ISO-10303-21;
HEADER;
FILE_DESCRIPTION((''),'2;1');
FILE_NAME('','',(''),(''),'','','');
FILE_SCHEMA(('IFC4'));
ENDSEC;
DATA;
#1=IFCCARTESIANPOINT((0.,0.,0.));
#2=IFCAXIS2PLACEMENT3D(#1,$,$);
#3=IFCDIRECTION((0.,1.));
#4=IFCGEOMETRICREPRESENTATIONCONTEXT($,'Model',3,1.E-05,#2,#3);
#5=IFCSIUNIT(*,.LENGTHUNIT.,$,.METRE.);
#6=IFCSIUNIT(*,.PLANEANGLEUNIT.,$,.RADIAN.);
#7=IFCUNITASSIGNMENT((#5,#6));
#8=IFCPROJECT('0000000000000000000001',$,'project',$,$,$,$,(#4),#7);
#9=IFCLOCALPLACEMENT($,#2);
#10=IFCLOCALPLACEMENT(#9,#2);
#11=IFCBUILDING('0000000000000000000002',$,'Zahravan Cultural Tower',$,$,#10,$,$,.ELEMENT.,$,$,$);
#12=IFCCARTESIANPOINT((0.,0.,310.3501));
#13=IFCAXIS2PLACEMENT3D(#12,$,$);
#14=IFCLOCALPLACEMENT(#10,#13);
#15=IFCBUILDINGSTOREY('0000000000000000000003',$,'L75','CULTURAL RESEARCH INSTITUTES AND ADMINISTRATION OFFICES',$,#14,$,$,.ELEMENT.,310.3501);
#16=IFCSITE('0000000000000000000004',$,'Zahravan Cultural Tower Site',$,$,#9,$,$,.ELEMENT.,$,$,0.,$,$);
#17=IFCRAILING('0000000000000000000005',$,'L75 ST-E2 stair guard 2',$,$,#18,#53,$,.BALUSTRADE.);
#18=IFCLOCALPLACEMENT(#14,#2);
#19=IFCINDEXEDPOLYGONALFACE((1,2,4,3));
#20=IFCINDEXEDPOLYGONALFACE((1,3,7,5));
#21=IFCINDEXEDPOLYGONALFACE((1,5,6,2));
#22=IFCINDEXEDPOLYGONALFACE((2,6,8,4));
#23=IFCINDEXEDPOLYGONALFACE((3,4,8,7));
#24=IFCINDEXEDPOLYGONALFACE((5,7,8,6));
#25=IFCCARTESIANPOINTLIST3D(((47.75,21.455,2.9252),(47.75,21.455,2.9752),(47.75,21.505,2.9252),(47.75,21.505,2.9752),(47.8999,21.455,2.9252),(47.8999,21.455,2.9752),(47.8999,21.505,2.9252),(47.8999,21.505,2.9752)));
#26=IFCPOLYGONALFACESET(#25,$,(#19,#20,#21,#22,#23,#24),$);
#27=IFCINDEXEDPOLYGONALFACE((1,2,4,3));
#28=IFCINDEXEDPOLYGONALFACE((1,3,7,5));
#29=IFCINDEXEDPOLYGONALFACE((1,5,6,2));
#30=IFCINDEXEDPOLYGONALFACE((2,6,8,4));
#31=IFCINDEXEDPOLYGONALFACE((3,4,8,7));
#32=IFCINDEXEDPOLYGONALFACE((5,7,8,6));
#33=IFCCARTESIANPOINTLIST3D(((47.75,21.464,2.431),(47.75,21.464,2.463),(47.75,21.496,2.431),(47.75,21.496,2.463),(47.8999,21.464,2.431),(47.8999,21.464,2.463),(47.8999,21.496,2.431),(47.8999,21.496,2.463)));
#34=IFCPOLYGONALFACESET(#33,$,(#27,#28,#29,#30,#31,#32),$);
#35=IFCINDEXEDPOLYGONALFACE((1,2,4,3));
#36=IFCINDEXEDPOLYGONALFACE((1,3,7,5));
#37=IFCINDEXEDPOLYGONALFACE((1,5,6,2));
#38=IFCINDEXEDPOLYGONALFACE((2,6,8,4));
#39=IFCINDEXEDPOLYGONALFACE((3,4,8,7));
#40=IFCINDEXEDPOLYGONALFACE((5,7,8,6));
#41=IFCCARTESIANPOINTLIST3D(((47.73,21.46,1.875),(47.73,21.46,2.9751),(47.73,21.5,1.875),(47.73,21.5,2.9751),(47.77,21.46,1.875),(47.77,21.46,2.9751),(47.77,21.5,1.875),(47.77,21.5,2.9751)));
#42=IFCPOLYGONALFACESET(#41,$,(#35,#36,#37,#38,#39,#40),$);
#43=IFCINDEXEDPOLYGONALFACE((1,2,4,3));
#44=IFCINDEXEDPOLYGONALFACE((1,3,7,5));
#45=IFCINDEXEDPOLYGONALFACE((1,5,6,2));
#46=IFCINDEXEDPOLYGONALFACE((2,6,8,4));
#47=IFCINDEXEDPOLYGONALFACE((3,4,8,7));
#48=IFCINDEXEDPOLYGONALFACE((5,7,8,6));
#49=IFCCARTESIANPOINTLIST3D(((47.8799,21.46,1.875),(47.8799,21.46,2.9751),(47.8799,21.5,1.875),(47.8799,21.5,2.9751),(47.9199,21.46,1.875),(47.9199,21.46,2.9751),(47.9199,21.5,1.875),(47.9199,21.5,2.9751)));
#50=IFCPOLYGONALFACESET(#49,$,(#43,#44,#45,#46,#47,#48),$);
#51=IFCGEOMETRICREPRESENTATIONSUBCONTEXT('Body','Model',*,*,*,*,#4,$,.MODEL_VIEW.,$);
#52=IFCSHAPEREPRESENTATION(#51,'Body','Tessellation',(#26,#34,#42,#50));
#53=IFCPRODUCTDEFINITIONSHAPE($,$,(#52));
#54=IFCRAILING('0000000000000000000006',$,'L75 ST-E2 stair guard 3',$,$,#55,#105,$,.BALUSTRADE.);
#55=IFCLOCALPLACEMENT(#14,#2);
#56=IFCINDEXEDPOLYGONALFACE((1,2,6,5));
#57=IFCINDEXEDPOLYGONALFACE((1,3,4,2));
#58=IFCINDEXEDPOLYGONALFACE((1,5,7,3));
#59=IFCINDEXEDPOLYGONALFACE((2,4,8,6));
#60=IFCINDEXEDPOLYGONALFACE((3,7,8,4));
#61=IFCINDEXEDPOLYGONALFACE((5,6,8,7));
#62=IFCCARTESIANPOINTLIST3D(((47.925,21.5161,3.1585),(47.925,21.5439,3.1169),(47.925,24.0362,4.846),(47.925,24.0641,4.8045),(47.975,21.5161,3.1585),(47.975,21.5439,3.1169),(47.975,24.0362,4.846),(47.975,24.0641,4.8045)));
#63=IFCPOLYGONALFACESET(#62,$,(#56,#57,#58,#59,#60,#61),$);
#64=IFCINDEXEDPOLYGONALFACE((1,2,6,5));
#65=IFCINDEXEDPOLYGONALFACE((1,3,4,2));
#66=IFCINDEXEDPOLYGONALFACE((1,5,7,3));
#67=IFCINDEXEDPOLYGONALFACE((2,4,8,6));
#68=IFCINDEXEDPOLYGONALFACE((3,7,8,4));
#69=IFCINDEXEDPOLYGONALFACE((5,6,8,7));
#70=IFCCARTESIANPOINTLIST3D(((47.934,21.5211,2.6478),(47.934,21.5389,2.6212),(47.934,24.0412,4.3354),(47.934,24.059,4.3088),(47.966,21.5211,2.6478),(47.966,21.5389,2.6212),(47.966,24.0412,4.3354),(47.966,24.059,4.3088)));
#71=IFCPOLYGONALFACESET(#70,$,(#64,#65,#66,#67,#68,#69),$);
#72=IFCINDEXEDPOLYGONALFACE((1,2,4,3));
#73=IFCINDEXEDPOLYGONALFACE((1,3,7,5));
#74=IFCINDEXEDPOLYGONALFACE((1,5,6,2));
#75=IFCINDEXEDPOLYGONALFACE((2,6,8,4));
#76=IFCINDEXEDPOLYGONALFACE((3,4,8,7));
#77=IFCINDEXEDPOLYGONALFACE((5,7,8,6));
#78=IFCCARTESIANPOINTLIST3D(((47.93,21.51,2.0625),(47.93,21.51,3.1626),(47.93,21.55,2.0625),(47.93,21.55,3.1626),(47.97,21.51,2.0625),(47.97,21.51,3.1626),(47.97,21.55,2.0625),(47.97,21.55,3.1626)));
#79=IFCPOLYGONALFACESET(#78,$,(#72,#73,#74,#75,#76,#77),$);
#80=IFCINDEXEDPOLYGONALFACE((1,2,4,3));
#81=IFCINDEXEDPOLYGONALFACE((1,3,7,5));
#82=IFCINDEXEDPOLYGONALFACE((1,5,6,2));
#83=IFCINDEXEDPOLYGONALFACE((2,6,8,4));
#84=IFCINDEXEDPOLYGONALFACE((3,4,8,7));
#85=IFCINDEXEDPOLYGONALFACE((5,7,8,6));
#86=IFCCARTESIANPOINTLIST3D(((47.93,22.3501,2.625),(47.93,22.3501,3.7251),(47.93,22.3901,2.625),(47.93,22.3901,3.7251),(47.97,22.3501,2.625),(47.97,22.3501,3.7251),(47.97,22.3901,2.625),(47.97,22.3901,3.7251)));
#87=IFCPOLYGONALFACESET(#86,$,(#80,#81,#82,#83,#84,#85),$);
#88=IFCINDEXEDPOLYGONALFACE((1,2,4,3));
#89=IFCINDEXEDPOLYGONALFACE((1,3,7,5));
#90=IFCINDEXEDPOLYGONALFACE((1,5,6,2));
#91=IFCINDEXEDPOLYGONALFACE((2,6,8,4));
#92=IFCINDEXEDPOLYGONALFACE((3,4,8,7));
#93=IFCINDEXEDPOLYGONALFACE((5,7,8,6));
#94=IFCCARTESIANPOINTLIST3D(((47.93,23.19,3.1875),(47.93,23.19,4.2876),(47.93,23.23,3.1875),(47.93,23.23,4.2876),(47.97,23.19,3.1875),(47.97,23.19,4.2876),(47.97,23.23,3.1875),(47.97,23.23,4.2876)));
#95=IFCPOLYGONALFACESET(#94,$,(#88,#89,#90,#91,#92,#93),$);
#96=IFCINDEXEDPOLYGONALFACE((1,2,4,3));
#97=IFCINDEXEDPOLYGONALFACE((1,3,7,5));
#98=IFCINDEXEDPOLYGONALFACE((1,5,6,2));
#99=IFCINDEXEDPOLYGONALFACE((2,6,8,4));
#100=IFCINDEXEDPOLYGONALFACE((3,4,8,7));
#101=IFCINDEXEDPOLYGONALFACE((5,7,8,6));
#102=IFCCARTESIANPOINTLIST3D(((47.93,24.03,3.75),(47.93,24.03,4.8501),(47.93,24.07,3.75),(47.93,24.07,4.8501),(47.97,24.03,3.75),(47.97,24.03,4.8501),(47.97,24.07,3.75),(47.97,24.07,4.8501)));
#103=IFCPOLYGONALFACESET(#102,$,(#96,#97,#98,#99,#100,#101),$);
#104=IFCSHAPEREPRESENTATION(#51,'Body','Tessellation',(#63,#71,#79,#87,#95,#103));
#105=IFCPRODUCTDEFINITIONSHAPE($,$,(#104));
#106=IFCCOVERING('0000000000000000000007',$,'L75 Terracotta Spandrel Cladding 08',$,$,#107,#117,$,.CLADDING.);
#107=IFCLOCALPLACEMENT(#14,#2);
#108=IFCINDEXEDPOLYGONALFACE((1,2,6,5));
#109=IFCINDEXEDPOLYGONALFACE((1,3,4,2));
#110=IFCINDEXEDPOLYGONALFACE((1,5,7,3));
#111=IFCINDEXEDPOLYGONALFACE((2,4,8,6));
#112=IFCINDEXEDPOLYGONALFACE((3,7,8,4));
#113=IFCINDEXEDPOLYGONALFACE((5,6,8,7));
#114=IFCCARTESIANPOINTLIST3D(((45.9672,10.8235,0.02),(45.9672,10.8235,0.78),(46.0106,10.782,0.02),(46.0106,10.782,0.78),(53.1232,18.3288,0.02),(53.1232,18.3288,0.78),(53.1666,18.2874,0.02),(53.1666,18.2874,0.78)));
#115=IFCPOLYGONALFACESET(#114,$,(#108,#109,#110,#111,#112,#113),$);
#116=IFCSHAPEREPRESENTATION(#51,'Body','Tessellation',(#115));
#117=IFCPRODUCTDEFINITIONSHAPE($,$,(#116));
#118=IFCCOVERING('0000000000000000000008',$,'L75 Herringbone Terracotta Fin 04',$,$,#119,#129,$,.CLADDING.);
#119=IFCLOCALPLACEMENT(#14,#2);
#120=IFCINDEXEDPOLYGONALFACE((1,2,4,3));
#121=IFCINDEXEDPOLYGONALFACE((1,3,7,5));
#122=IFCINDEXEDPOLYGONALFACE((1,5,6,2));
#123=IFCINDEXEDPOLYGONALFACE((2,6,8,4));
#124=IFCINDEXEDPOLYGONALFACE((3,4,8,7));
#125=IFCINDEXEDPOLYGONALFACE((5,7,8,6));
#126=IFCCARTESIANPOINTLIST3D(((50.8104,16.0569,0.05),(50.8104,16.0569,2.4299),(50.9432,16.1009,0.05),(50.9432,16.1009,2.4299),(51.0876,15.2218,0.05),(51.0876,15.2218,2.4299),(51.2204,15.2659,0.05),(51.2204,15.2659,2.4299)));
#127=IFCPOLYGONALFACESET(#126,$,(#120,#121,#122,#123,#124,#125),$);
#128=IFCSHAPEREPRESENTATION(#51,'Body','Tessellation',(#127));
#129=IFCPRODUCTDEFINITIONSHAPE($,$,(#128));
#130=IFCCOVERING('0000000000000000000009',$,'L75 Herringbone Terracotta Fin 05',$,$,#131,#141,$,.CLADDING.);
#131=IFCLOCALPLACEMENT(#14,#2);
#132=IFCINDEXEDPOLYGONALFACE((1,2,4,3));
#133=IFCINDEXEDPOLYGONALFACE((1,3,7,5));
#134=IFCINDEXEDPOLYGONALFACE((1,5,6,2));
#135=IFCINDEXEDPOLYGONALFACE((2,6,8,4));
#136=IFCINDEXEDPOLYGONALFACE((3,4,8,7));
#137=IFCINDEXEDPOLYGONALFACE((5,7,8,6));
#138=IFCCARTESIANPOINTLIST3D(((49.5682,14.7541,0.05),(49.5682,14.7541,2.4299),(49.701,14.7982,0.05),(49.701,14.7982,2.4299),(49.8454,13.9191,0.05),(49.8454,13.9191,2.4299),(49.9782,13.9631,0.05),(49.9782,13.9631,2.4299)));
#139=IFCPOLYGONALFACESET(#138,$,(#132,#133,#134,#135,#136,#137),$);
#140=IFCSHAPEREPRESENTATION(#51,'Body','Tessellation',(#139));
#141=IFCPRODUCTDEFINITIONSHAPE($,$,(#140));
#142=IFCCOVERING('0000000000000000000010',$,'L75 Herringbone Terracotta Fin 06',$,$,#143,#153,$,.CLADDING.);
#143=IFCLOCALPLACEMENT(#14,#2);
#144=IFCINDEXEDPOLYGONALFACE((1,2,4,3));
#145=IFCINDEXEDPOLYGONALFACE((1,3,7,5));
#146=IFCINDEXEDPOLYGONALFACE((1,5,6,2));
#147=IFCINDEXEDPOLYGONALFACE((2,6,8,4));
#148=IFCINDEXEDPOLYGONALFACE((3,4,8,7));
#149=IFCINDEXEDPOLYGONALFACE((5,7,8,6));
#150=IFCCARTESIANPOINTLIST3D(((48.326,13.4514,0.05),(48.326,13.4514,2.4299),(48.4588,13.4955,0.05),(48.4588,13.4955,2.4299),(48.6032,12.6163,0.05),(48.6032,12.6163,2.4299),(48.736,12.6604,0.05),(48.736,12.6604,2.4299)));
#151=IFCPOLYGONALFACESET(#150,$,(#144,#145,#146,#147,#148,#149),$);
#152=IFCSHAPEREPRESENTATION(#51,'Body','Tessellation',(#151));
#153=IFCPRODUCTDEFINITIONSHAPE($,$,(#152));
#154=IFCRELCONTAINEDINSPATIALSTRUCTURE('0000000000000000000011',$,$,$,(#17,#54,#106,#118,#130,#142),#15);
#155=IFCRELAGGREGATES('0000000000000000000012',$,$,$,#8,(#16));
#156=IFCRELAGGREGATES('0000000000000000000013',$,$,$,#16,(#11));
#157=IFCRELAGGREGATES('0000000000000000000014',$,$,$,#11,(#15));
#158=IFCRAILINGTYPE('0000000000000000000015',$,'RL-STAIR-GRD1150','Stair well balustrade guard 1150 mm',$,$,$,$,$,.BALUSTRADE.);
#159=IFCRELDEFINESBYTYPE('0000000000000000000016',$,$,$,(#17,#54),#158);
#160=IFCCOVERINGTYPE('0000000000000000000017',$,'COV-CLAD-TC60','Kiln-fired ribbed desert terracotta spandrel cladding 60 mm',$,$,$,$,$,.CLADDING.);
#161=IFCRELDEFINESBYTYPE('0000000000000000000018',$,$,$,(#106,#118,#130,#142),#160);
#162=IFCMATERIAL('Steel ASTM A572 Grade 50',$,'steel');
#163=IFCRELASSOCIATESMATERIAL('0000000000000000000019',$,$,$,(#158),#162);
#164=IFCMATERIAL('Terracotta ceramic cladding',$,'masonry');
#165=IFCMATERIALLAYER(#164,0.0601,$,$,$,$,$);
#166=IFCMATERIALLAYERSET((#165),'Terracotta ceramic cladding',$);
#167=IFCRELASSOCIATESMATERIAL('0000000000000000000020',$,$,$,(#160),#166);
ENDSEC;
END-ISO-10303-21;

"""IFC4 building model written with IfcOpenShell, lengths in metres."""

from ifc_helpers import new_model, si_unit, direction, frame, origin, origin_2d, place, context, subcontext, project, spatial, rectangle, extrude, source, transform, mapped, material, layer, layer_set, type_object, element, save


model = new_model("IFC4")

# Units and contexts
model_context = context("Model", 3, precision=1e-05, world=origin(), true_north=direction((0.0, 1.0)))
body_context = subcontext(model_context, "Body", "Model", "MODEL_VIEW")
ifc_project = project(units=[si_unit("LENGTHUNIT", "METRE"), si_unit("PLANEANGLEUNIT", "RADIAN")], contexts=[model_context])

# Site, building, storey
site_placement = place(None, origin())
site = spatial("IfcSite", under=ifc_project, at=site_placement, Name="Zahravan Cultural Tower Site", CompositionType="ELEMENT", RefElevation=0.0)
building_placement = place(site_placement, origin())
building = spatial("IfcBuilding", under=site, at=building_placement, Name="Zahravan Cultural Tower", CompositionType="ELEMENT")
storey_placement = place(building_placement, frame((0.0, 0.0, 310.3501)))
storey = spatial("IfcBuildingStorey", under=building, at=storey_placement, Name="L75", Description="CULTURAL RESEARCH INSTITUTES AND ADMINISTRATION OFFICES", CompositionType="ELEMENT", Elevation=310.3501)

# Railings
ifc_material_1 = material(Name="Steel ASTM A572 Grade 50", Category="steel")
railing_type = type_object("IfcRailingType", Name="RL-STAIR-GRD1150", Description="Stair well balustrade guard 1150 mm", PredefinedType="BALUSTRADE", material=ifc_material_1)
railing_1_placement = place(storey_placement, frame((47.75, 21.48, 1.875)))
element("IfcRailing", 1, at=railing_1_placement, inside=storey, type_object=railing_type, Name="L75 ST-E2 stair guard 2", PredefinedType="BALUSTRADE", context=body_context, shape_type="SweptSolid", body=[
    extrude(rectangle(XDim=0.05, YDim=0.05, at=origin_2d()), frame((0.0, 0.0, 1.0752), z_axis=(1.0, 0.0, 0.0), x_axis=(0.0, 1.0, 0.0)), (0.0, 0.0, 1.0), 0.1499),
    extrude(rectangle(XDim=0.032, YDim=0.032, at=origin_2d()), frame((0.0, 0.0, 0.572), z_axis=(1.0, 0.0, 0.0), x_axis=(0.0, 1.0, 0.0)), (0.0, 0.0, 1.0), 0.1499),
    extrude(rectangle(XDim=0.04, YDim=0.04, at=origin_2d()), origin(), (0.0, 0.0, 1.0), 1.1001),
    extrude(rectangle(XDim=0.04, YDim=0.04, at=origin_2d()), frame((0.1499, 0.0, 0.0)), (0.0, 0.0, 1.0), 1.1001),
])
railing_2_placement = place(storey_placement, frame((47.95, 21.53, 2.0625)))
element("IfcRailing", 2, at=railing_2_placement, inside=storey, type_object=railing_type, Name="L75 ST-E2 stair guard 3", PredefinedType="BALUSTRADE", context=body_context, shape_type="SweptSolid", body=[
    extrude(rectangle(XDim=0.05, YDim=0.05, at=origin_2d()), frame((0.0, 0.0, 1.0752), z_axis=(0.0, 0.830909, 0.556408), x_axis=(-1.0, 0.0, 0.0)), (0.0, 0.0, 1.0), 3.033),
    extrude(rectangle(XDim=0.032, YDim=0.032, at=origin_2d()), frame((0.0, 0.0, 0.572), z_axis=(0.0, 0.830909, 0.556408), x_axis=(-1.0, 0.0, 0.0)), (0.0, 0.0, 1.0), 3.033),
    extrude(rectangle(XDim=0.04, YDim=0.04, at=origin_2d()), origin(), (0.0, 0.0, 1.0), 1.1001),
    extrude(rectangle(XDim=0.04, YDim=0.04, at=origin_2d()), frame((0.0, 0.8401, 0.5625)), (0.0, 0.0, 1.0), 1.1001),
    extrude(rectangle(XDim=0.04, YDim=0.04, at=origin_2d()), frame((0.0, 1.6799, 1.125)), (0.0, 0.0, 1.0), 1.1001),
    extrude(rectangle(XDim=0.04, YDim=0.04, at=origin_2d()), frame((0.0, 2.52, 1.6875)), (0.0, 0.0, 1.0), 1.1001),
])

# Coverings
ifc_material_2 = material(Name="Terracotta ceramic cladding", Category="masonry")
ifc_layer_1 = layer(ifc_material_2, 0.0601)
ifc_layer_set_1 = layer_set([ifc_layer_1], Name="Terracotta ceramic cladding")
covering_type = type_object("IfcCoveringType", Name="COV-CLAD-TC60", Description="Kiln-fired ribbed desert terracotta spandrel cladding 60 mm", PredefinedType="CLADDING", material=ifc_layer_set_1)
shared_shape_1 = source(origin(), body_context, "Body", "SweptSolid", [
    extrude(rectangle(XDim=10.3701, YDim=0.0601, at=origin_2d()), origin(), (0.0, 0.0, 1.0), 0.76),
])
covering_placement = place(storey_placement, frame((49.5669, 14.5554, 0.02), z_axis=(0.0, 0.0, 1.0), x_axis=(-0.690062, -0.72375, 0.0)))
element("IfcCovering", 3, at=covering_placement, inside=storey, type_object=covering_type, Name="L75 Terracotta Spandrel Cladding 08", PredefinedType="CLADDING", context=body_context, shape_type="MappedRepresentation", body=[
    mapped(shared_shape_1, transform((0.0, 0.0, 0.0), x_axis=(1.0, 0.0, 0.0), y_axis=(0.0, 1.0, 0.0), z_axis=(0.0, 0.0, 1.0), scale=1.0)),
])
shared_shape_2 = source(origin(), body_context, "Body", "SweptSolid", [
    extrude(rectangle(XDim=0.8799, YDim=0.1399, at=origin_2d()), origin(), (0.0, 0.0, 1.0), 2.3799),
])
for number, where, z_axis, x_axis, name in (
    (4, (51.0154, 15.6614, 0.05), (0.0, 0.0, 1.0), (0.315069, -0.949069, 0.0), "L75 Herringbone Terracotta Fin 04"),
    (5, (49.7732, 14.3586, 0.05), (0.0, 0.0, 1.0), (0.315069, -0.949069, 0.0), "L75 Herringbone Terracotta Fin 05"),
    (6, (48.531, 13.0559, 0.05), (0.0, 0.0, 1.0), (0.315069, -0.949069, 0.0), "L75 Herringbone Terracotta Fin 06"),
):
    element("IfcCovering", number, at=place(storey_placement, frame(where, z_axis=z_axis, x_axis=x_axis)), inside=storey, type_object=covering_type, Name=name, PredefinedType="CLADDING", context=body_context, shape_type="MappedRepresentation", body=[
        mapped(shared_shape_2, transform((0.0, 0.0, 0.0), x_axis=(1.0, 0.0, 0.0), y_axis=(0.0, 1.0, 0.0), z_axis=(0.0, 0.0, 1.0), scale=1.0)),
    ])

save(model, "model.ifc")
